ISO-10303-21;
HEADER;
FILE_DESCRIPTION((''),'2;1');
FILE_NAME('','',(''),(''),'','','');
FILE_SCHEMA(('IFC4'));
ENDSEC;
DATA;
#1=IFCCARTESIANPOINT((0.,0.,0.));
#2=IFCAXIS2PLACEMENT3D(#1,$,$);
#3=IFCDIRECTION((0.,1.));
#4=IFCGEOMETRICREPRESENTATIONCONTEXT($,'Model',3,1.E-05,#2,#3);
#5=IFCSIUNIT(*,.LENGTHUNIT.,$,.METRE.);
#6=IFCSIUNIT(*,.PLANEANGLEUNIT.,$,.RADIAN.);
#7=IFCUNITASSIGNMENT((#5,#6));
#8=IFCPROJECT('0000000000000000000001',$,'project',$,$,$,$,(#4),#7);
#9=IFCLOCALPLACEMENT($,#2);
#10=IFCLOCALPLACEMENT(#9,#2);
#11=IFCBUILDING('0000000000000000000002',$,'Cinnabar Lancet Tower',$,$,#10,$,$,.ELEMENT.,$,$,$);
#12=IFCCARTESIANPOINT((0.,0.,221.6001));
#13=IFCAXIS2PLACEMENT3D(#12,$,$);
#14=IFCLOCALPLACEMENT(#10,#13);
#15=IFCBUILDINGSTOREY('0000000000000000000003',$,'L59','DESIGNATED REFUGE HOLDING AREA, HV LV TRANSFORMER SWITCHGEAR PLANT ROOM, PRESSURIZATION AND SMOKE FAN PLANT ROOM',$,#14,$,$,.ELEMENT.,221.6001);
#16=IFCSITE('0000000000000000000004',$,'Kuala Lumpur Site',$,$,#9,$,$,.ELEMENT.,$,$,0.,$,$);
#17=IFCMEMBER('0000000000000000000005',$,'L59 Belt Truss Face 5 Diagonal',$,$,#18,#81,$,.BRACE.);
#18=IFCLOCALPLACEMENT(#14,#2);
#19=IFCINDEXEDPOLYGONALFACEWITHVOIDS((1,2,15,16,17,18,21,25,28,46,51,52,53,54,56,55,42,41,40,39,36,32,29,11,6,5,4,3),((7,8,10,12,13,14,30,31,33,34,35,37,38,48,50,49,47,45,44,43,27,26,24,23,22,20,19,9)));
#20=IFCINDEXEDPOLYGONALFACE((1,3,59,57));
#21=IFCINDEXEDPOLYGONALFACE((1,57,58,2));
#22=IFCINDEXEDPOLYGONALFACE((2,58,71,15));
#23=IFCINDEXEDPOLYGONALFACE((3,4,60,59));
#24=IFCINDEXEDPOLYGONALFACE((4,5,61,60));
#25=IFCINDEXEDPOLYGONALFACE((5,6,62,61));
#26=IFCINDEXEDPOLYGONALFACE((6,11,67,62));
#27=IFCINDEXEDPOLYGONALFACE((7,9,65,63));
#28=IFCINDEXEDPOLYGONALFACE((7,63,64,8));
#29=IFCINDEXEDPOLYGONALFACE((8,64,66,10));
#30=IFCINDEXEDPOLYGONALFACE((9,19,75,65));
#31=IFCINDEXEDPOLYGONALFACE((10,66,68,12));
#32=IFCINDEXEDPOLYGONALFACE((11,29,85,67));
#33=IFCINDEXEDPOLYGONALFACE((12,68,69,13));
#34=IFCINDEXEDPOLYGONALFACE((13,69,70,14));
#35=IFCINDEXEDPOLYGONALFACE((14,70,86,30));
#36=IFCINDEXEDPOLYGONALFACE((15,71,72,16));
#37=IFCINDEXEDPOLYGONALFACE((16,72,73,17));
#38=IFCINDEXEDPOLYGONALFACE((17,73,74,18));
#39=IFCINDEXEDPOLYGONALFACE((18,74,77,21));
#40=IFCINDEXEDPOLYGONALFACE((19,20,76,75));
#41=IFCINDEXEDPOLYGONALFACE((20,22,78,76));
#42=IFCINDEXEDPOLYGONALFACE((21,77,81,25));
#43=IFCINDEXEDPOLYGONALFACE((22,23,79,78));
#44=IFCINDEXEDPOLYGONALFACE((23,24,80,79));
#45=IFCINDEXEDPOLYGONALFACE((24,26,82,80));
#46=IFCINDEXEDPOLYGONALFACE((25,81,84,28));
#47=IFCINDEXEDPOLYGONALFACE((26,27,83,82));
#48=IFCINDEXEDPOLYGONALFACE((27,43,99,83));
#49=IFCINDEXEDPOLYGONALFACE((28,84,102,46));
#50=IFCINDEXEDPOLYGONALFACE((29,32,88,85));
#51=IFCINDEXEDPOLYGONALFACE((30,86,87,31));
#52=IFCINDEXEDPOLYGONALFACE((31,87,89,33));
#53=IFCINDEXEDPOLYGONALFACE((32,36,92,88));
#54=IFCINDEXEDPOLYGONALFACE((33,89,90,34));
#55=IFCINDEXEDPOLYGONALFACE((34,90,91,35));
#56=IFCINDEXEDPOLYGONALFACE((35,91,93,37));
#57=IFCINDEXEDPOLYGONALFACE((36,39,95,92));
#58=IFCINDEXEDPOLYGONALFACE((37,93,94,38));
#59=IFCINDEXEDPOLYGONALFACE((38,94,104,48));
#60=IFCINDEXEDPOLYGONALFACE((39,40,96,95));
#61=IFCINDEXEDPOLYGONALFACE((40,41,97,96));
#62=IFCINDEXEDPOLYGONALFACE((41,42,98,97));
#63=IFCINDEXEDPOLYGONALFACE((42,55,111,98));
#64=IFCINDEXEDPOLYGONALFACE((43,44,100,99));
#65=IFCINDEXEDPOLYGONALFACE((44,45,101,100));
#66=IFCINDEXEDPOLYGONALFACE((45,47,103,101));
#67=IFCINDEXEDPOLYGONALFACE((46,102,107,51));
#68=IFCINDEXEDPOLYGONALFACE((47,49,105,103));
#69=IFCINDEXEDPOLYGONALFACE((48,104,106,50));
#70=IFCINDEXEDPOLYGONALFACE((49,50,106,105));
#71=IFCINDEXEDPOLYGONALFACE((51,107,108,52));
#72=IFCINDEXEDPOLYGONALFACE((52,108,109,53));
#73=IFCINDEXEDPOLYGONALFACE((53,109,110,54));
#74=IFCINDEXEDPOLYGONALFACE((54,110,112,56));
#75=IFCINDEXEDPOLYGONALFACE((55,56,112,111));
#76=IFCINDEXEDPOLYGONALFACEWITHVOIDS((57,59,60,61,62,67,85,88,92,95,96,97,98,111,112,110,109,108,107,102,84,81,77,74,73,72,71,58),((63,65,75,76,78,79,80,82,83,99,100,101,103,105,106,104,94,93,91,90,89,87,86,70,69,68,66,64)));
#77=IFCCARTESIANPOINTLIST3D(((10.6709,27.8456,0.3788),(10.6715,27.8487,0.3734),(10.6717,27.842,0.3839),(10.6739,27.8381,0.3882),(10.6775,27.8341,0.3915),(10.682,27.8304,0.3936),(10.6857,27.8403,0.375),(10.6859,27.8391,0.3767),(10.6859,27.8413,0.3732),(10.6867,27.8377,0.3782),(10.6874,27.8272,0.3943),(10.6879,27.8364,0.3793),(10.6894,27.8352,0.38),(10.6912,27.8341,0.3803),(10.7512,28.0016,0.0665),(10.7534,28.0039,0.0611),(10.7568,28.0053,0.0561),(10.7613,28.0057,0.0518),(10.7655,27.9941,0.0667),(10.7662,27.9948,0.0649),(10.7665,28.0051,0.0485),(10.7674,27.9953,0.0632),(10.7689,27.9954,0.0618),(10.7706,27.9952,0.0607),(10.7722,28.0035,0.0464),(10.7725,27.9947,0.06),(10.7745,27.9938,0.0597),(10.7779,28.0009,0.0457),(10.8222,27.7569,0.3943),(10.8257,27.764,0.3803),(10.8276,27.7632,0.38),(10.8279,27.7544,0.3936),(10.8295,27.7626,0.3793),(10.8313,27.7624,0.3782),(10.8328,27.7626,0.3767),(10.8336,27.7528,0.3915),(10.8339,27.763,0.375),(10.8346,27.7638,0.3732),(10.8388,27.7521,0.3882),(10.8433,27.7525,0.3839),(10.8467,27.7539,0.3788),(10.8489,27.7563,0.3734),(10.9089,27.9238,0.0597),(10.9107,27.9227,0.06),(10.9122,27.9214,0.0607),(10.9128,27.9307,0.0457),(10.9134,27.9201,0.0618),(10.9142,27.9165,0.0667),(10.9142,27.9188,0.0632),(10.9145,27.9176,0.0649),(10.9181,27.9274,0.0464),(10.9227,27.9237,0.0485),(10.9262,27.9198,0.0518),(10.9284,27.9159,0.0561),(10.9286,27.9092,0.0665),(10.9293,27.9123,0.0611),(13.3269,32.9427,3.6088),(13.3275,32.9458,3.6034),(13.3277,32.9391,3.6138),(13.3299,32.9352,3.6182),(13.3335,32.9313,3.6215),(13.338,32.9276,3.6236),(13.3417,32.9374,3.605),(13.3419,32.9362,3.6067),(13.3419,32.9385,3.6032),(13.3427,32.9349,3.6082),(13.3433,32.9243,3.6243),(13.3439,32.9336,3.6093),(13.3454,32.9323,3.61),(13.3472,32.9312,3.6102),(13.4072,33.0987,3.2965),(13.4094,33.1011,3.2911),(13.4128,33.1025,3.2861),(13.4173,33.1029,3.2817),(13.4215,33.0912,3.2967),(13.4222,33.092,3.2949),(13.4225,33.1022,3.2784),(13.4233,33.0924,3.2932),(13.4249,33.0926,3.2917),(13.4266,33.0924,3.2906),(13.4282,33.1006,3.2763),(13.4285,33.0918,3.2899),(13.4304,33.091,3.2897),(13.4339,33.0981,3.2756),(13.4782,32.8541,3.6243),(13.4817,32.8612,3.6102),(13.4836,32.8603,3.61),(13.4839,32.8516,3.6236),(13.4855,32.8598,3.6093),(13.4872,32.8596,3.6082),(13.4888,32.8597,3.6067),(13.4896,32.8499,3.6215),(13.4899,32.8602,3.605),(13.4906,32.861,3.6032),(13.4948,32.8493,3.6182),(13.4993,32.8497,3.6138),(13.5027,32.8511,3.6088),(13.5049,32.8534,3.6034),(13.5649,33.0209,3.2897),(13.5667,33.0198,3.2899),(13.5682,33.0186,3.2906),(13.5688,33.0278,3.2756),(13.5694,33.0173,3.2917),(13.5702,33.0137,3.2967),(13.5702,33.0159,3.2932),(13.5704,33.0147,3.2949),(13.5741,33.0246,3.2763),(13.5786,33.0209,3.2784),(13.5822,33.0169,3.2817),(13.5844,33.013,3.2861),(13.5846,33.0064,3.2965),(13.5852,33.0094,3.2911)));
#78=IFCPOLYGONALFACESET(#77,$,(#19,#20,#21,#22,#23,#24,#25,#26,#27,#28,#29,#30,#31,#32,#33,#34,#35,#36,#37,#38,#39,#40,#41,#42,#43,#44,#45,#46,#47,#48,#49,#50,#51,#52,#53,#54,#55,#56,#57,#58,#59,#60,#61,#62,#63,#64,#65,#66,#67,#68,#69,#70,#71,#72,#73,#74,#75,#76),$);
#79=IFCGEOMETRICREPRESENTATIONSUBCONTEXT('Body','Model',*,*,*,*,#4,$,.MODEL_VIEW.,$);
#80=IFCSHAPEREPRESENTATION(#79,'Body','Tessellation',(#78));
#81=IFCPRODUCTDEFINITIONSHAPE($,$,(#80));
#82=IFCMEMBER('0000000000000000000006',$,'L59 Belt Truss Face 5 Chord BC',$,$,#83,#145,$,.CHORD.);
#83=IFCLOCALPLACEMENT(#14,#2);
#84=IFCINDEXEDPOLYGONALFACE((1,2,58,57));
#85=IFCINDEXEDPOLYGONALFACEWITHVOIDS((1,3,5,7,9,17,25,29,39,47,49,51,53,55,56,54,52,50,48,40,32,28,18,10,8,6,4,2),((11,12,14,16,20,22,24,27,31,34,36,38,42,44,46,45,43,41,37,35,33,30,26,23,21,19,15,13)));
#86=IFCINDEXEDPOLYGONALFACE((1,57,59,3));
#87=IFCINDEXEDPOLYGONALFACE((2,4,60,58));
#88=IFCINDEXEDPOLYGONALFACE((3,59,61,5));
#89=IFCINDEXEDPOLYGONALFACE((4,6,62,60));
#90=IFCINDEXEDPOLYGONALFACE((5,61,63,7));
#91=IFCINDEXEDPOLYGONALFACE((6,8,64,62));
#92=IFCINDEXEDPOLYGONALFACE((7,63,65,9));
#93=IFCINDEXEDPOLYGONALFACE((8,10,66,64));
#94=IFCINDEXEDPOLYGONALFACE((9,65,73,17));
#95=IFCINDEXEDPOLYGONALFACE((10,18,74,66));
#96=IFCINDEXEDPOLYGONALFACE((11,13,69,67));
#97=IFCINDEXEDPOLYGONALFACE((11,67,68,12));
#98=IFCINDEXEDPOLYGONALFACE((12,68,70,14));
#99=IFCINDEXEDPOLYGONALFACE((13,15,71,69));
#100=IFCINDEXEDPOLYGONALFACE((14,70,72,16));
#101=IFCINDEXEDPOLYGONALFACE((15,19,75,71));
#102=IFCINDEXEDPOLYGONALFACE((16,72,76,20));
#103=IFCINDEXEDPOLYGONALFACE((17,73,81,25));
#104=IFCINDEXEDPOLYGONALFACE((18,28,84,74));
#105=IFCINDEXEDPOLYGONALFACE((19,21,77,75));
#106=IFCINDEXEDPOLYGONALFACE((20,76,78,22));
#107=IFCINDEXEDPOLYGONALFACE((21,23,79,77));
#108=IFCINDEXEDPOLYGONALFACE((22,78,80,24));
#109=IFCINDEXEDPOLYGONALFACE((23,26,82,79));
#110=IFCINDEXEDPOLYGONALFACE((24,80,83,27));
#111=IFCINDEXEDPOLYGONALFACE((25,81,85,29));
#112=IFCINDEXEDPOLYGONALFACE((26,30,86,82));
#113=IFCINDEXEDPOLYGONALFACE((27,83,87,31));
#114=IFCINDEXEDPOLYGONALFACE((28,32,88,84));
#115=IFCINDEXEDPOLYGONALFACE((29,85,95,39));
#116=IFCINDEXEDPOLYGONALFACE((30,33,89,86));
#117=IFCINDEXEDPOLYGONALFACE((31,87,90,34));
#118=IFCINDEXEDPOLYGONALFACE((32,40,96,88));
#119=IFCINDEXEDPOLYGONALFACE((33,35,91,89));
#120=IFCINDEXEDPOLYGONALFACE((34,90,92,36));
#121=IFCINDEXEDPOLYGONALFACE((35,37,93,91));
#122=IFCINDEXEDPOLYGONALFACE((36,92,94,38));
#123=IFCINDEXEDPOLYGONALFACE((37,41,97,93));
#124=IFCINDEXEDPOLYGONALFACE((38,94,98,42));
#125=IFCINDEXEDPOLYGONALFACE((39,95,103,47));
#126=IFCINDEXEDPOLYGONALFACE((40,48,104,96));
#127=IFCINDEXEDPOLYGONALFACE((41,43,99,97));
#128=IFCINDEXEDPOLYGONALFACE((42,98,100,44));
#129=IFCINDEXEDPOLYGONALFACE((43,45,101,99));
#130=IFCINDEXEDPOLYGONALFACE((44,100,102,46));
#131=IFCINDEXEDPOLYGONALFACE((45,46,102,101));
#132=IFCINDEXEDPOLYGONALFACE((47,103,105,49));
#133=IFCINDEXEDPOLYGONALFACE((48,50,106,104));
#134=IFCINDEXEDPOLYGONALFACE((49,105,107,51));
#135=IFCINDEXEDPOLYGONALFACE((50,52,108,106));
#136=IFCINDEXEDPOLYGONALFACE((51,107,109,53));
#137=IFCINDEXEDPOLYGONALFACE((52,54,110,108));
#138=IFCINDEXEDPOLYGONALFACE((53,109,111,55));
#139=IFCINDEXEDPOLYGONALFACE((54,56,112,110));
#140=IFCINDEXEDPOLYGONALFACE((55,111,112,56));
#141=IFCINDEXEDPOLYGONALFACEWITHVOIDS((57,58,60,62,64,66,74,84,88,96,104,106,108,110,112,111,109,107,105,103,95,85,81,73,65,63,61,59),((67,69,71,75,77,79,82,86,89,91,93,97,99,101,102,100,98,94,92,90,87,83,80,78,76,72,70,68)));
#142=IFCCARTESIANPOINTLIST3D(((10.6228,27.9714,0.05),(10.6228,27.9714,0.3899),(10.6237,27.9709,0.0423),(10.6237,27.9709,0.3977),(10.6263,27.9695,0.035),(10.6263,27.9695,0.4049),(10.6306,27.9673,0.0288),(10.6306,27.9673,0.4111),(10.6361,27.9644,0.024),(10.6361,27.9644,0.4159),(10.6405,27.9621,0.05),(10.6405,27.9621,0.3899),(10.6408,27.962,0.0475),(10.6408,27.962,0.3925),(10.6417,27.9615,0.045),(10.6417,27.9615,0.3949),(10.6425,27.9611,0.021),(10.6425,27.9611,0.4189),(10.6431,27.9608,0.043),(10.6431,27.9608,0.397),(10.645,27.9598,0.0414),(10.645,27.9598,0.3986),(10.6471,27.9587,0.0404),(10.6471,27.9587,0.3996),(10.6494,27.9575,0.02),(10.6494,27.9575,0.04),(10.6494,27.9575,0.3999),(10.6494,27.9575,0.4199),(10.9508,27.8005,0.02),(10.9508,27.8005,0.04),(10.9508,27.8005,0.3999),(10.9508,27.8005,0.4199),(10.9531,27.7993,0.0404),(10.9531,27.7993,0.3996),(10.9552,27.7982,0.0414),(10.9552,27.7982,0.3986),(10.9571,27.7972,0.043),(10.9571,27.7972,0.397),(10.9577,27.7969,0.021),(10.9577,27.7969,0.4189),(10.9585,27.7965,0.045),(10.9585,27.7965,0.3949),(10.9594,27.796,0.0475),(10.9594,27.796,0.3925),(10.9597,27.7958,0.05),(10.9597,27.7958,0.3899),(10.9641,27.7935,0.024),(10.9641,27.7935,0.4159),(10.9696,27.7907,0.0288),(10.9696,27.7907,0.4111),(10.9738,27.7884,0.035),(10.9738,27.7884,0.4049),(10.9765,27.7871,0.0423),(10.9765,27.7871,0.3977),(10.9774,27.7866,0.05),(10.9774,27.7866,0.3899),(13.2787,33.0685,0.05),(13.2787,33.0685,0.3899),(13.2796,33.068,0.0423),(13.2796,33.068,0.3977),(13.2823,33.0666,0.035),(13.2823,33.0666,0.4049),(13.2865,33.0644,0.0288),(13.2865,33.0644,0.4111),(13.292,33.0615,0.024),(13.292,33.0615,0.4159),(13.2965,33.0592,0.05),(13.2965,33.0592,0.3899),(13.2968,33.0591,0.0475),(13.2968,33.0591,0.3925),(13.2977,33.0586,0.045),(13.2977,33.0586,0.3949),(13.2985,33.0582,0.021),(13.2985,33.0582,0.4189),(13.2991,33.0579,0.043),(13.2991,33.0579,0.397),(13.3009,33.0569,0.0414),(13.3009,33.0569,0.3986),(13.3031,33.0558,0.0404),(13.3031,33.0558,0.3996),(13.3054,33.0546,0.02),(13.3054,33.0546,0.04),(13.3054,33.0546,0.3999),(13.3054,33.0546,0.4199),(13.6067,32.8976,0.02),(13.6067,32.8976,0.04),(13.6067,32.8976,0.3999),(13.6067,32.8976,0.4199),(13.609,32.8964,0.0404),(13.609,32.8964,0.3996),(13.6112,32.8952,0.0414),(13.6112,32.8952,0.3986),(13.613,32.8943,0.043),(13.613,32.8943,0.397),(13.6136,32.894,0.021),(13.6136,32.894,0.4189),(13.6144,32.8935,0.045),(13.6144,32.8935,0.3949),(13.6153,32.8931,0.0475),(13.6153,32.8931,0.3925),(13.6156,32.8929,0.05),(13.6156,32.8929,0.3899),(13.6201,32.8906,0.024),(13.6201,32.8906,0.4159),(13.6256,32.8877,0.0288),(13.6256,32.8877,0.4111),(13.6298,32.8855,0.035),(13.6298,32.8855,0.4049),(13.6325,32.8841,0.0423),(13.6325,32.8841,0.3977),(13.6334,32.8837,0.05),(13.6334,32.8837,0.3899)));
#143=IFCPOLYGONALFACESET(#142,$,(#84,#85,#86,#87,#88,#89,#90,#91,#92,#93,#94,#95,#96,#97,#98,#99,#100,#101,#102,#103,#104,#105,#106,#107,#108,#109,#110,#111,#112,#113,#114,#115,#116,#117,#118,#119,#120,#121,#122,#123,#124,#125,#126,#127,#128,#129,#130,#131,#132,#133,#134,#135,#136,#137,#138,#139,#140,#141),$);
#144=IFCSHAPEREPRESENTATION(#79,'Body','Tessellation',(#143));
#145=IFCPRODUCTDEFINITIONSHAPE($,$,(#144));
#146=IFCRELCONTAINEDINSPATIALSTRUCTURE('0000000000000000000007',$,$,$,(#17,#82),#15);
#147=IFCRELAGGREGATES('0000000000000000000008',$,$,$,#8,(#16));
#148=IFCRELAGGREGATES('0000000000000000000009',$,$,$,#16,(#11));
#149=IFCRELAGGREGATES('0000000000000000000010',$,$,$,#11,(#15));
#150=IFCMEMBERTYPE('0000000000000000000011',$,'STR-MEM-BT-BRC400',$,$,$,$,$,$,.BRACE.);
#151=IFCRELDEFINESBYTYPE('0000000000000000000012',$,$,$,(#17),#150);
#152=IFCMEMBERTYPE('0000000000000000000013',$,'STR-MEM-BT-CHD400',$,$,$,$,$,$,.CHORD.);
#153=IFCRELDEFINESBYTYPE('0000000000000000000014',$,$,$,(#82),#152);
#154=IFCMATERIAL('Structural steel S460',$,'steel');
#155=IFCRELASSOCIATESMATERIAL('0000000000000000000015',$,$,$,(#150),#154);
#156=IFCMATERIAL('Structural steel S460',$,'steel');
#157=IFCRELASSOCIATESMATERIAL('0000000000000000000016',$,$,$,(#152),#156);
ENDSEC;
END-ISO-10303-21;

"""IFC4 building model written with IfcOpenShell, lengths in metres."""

from ifc_helpers import new_model, si_unit, direction, frame, origin, origin_2d, place, context, subcontext, project, spatial, hollow_rectangle, extrude, material, material_profile, profile_set, type_object, element, save


model = new_model("IFC4")

# Units and contexts
model_context = context("Model", 3, precision=1e-05, world=origin(), true_north=direction((0.0, 1.0)))
body_context = subcontext(model_context, "Body", "Model", "MODEL_VIEW")
ifc_project = project(units=[si_unit("LENGTHUNIT", "METRE"), si_unit("PLANEANGLEUNIT", "RADIAN")], contexts=[model_context])

# Site, building, storey
site_placement = place(None, origin())
site = spatial("IfcSite", under=ifc_project, at=site_placement, Name="Kuala Lumpur Site", CompositionType="ELEMENT", RefElevation=0.0)
building_placement = place(site_placement, origin())
building = spatial("IfcBuilding", under=site, at=building_placement, Name="Cinnabar Lancet Tower", CompositionType="ELEMENT")
storey_placement = place(building_placement, frame((0.0, 0.0, 221.6001)))
storey = spatial("IfcBuildingStorey", under=building, at=storey_placement, Name="L59", Description="DESIGNATED REFUGE HOLDING AREA, HV LV TRANSFORMER SWITCHGEAR PLANT ROOM, PRESSURIZATION AND SMOKE FAN PLANT ROOM", CompositionType="ELEMENT", Elevation=221.6001)

# Members
ifc_material_1 = material(Name="Structural steel S460", Category="steel")
ifc_material_profile_1 = material_profile(ifc_material_1, hollow_rectangle(XDim=0.2, YDim=0.3999, WallThickness=0.0161, InnerFilletRadius=0.0081, OuterFilletRadius=0.0239, at=origin_2d()), Name="RHS 400x200x16")
ifc_profile_set_1 = profile_set([ifc_material_profile_1], Name="Structural steel S460")
member_type_1 = type_object("IfcMemberType", Name="STR-MEM-BT-BRC400", PredefinedType="BRACE", material=ifc_profile_set_1)
member_placement = place(storey_placement, frame((13.4561, 32.9761, 3.45), z_axis=(-0.40285, -0.773113, -0.489907), x_axis=(0.886826, -0.462103, 0.0)))
element("IfcMember", 1, at=member_placement, inside=storey, type_object=member_type_1, Name="L59 Belt Truss Face 5 Diagonal", PredefinedType="BRACE", context=body_context, shape_type="SweptSolid", body=[
    extrude(hollow_rectangle(XDim=0.2, YDim=0.3999, WallThickness=0.0161, InnerFilletRadius=0.0081, OuterFilletRadius=0.0239, at=origin_2d()), origin(), (0.0, 0.0, 1.0), 6.593),
])
ifc_material_2 = material(Name="Structural steel S460", Category="steel")
ifc_material_profile_2 = material_profile(ifc_material_2, hollow_rectangle(XDim=0.3999, YDim=0.3999, WallThickness=0.02, InnerFilletRadius=0.01, OuterFilletRadius=0.03, at=origin_2d()), Name="SHS 400x400x20")
ifc_profile_set_2 = profile_set([ifc_material_profile_2], Name="Structural steel S460")
member_type_2 = type_object("IfcMemberType", Name="STR-MEM-BT-CHD400", PredefinedType="CHORD", material=ifc_profile_set_2)
for number, where, z_axis, x_axis, name in (
    (2, (13.4561, 32.9761, 0.22), (-0.462103, -0.886826, 0.0), (0.886826, -0.462103, 0.0), "L59 Belt Truss Face 5 Chord BC"),
):
    element("IfcMember", number, at=place(storey_placement, frame(where, z_axis=z_axis, x_axis=x_axis)), inside=storey, type_object=member_type_2, Name=name, PredefinedType="CHORD", context=body_context, shape_type="SweptSolid", body=[
        extrude(hollow_rectangle(XDim=0.3999, YDim=0.3999, WallThickness=0.02, InnerFilletRadius=0.01, OuterFilletRadius=0.03, at=origin_2d()), origin(), (0.0, 0.0, 1.0), 5.7476),
    ])

save(model, "model.ifc")
